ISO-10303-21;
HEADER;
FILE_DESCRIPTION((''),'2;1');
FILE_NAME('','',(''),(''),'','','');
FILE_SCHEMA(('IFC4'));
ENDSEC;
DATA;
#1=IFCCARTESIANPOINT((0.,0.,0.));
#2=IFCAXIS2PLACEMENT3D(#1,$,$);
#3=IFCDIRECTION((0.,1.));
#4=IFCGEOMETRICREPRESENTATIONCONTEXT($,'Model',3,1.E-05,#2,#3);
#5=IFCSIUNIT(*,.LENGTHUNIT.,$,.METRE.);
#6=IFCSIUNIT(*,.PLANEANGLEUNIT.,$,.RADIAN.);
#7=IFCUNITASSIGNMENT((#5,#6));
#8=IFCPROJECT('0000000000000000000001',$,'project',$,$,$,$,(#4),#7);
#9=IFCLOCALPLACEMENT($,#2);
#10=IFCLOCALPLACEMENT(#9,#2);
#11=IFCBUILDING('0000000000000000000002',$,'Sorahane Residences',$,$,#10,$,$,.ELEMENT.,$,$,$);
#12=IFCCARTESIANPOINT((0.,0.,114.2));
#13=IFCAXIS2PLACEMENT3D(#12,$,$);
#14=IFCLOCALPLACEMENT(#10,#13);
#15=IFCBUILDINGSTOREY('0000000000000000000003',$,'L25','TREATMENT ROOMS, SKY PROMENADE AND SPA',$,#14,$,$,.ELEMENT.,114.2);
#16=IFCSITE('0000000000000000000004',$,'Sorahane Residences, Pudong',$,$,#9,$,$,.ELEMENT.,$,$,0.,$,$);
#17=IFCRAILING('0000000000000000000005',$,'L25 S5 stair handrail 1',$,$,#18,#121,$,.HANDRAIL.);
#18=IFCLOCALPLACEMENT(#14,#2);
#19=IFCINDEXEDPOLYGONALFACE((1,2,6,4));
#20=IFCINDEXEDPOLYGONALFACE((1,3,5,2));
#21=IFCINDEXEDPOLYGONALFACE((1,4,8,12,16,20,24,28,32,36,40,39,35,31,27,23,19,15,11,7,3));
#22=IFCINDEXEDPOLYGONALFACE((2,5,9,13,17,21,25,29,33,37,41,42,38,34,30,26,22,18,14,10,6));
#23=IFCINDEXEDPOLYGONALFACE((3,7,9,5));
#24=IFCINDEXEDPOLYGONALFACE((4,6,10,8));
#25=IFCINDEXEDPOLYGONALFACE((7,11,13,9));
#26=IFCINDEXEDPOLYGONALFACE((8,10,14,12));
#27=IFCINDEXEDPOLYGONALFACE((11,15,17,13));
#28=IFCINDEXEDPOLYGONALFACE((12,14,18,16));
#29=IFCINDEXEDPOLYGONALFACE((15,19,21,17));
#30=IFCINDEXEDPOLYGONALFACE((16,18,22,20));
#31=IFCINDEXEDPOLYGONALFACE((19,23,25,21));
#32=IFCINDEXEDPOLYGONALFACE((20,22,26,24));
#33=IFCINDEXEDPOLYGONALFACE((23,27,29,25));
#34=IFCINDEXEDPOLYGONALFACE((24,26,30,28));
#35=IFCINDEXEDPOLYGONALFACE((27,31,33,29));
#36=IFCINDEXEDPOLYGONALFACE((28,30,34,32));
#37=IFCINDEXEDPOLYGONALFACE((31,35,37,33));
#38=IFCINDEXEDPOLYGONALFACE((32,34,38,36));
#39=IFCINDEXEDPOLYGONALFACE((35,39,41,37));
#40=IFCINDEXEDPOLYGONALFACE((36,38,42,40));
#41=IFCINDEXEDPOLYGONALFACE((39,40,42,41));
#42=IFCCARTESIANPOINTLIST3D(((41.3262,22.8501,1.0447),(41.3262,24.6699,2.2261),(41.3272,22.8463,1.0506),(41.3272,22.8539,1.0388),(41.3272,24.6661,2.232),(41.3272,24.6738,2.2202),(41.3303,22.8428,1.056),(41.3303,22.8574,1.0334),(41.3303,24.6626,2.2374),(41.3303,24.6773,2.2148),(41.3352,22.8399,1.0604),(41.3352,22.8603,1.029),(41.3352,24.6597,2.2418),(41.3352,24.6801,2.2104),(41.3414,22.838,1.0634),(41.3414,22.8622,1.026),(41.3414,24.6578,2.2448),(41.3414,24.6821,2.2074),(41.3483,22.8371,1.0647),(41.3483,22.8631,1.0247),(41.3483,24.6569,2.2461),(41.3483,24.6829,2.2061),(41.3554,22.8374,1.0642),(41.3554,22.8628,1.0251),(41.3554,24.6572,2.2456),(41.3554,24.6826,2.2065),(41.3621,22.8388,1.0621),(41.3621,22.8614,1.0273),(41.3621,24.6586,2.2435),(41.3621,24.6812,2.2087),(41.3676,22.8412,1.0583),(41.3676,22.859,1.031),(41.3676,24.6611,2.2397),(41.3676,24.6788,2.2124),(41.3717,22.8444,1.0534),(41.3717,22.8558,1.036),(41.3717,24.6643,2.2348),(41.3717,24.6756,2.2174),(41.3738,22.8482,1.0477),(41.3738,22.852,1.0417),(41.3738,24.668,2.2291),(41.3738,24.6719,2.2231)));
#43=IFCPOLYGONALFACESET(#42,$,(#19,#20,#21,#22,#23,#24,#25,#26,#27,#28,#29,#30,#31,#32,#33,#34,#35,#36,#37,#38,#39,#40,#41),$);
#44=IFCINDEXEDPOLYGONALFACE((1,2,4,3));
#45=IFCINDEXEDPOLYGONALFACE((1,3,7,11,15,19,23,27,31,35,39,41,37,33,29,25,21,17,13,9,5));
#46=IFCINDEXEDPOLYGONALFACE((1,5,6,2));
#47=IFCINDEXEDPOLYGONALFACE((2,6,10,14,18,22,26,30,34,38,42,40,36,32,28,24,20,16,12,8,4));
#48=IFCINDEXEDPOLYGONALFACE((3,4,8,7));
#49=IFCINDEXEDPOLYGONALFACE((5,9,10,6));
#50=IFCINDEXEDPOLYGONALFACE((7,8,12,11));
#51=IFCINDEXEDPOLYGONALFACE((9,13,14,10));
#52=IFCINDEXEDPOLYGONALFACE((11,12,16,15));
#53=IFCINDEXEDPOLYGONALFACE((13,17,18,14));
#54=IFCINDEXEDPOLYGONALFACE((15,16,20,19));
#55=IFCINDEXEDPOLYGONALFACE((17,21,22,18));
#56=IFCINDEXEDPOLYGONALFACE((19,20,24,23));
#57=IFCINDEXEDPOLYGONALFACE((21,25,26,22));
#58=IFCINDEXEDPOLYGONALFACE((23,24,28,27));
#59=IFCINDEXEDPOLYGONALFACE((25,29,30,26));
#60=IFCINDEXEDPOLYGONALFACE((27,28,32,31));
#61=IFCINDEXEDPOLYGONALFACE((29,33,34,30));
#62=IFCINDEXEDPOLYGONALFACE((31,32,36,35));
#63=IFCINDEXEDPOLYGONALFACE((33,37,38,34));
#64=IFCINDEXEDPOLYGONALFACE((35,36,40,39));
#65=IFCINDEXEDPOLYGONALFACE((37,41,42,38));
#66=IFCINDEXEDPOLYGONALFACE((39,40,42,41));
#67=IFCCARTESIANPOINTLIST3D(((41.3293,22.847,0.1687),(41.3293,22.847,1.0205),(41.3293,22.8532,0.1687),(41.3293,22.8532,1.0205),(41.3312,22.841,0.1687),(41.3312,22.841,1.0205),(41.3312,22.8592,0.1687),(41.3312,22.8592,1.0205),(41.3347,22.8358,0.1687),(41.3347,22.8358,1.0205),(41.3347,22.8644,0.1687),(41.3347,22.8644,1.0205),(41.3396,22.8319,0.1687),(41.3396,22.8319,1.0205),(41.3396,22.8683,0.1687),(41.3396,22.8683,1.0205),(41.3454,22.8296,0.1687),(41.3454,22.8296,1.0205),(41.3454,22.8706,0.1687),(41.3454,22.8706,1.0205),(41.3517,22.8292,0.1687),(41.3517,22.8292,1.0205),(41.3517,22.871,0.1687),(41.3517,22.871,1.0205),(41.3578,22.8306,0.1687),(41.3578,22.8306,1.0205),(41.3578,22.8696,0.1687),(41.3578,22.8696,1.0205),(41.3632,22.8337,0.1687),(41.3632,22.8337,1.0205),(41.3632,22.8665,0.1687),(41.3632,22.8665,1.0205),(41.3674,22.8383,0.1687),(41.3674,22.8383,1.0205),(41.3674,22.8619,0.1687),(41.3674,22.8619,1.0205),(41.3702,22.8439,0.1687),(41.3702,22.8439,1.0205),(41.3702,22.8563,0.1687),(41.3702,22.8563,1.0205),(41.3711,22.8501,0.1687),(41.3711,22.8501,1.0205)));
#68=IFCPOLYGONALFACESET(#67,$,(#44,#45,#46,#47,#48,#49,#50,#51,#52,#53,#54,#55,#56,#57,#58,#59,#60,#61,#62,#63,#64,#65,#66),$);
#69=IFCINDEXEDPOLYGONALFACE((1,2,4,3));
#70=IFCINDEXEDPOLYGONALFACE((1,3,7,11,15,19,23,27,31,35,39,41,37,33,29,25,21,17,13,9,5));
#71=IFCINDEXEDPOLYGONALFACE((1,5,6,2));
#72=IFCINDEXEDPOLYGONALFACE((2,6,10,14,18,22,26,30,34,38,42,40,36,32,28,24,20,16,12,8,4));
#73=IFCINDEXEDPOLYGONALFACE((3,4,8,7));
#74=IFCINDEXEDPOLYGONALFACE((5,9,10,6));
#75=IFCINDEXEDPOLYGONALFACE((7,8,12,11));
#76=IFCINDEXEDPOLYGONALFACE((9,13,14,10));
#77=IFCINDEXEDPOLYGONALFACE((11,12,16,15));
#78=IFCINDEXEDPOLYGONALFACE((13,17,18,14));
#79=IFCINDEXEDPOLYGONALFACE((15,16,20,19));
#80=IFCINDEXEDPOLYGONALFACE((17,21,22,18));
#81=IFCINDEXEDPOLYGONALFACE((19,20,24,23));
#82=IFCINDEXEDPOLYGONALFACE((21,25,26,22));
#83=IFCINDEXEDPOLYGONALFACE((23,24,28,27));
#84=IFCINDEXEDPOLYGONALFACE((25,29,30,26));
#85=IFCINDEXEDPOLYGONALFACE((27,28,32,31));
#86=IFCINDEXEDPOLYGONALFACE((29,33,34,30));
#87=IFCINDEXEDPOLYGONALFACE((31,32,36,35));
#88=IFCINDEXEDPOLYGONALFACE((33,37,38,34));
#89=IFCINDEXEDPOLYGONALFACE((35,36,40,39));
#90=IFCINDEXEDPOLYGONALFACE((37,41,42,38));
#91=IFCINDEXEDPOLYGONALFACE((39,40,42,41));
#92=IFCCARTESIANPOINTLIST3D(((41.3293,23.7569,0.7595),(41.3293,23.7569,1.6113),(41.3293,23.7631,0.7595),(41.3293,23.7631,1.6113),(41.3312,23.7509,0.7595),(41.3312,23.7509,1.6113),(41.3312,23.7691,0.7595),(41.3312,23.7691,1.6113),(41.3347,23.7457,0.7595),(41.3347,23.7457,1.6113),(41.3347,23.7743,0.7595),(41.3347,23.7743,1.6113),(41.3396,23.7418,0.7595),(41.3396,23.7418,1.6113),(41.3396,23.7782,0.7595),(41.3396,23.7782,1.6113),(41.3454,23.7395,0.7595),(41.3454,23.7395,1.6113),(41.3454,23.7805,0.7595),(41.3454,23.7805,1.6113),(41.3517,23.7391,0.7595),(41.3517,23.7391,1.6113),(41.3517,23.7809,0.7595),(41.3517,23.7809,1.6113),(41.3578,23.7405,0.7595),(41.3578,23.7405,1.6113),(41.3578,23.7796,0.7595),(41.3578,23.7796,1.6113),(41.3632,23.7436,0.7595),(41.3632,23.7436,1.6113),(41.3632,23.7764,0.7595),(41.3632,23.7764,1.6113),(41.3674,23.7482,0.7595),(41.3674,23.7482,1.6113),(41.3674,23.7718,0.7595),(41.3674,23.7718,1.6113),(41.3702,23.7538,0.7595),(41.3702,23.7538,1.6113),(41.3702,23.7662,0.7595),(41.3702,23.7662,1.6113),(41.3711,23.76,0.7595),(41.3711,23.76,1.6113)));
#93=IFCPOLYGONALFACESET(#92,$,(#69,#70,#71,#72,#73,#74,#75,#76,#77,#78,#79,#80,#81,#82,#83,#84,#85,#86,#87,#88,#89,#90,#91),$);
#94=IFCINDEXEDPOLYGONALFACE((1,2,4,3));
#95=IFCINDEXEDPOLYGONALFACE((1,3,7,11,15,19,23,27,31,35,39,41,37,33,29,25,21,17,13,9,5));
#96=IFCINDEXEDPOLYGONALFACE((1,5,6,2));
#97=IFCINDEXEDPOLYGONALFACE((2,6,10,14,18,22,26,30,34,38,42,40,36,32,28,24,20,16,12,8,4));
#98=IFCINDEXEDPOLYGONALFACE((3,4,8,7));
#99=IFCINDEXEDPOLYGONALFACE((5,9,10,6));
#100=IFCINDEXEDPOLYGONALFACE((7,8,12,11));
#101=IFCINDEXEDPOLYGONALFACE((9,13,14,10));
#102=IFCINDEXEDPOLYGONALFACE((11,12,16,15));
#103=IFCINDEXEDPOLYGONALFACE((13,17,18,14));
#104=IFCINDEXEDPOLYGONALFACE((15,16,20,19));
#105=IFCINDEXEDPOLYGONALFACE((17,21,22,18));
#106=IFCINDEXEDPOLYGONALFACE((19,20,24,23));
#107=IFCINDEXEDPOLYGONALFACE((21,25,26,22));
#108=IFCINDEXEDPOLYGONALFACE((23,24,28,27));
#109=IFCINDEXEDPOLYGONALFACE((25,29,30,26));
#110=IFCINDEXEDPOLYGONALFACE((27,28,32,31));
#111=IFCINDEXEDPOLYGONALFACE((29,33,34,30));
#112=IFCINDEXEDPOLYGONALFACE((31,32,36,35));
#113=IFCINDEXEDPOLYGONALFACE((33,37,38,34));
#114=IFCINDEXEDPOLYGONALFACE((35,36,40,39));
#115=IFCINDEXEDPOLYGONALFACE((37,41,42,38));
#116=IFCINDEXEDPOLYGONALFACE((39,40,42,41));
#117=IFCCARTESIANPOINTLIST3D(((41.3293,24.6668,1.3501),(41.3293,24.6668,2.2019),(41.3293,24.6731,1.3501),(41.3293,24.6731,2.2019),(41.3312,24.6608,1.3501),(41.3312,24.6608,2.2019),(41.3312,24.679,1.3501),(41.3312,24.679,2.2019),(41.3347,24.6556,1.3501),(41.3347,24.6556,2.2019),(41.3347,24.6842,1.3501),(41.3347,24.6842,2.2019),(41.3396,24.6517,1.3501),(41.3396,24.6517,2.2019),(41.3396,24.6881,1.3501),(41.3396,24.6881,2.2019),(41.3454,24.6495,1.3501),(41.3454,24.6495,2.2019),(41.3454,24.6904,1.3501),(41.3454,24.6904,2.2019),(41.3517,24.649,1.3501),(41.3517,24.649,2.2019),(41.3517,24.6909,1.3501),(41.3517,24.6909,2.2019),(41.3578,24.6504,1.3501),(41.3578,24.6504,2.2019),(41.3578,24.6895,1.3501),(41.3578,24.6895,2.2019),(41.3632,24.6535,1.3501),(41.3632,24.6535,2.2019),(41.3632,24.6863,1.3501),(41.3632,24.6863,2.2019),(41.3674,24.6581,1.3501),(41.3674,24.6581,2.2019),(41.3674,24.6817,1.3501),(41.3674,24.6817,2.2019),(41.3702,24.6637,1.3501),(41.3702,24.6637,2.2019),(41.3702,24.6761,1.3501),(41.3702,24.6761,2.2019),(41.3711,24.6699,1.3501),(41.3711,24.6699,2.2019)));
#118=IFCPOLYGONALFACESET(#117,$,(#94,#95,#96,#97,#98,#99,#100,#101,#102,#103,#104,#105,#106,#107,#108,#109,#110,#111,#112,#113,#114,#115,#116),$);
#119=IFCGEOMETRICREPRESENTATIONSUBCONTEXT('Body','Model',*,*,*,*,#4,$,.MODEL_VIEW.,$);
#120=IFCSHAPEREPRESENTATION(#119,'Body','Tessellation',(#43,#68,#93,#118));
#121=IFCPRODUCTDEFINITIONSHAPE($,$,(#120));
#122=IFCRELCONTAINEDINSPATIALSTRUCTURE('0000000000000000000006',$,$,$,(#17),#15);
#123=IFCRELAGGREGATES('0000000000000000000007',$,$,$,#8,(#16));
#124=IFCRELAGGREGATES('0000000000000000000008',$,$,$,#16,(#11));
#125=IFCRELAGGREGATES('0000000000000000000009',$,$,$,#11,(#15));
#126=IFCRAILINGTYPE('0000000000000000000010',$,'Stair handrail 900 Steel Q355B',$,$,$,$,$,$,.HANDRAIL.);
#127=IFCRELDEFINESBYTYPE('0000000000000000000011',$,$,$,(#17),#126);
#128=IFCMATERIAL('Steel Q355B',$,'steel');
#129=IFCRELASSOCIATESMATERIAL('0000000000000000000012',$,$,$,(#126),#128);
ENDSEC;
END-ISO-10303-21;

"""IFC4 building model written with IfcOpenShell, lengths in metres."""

from ifc_helpers import new_model, si_unit, direction, frame, origin, origin_2d, place, context, subcontext, project, spatial, circle, extrude, material, type_object, element, save


model = new_model("IFC4")

# Units and contexts
model_context = context("Model", 3, precision=1e-05, world=origin(), true_north=direction((0.0, 1.0)))
body_context = subcontext(model_context, "Body", "Model", "MODEL_VIEW")
ifc_project = project(units=[si_unit("LENGTHUNIT", "METRE"), si_unit("PLANEANGLEUNIT", "RADIAN")], contexts=[model_context])

# Site, building, storey
site_placement = place(None, origin())
site = spatial("IfcSite", under=ifc_project, at=site_placement, Name="Sorahane Residences, Pudong", CompositionType="ELEMENT", RefElevation=0.0)
building_placement = place(site_placement, origin())
building = spatial("IfcBuilding", under=site, at=building_placement, Name="Sorahane Residences", CompositionType="ELEMENT")
storey_placement = place(building_placement, frame((0.0, 0.0, 114.2)))
storey = spatial("IfcBuildingStorey", under=building, at=storey_placement, Name="L25", Description="TREATMENT ROOMS, SKY PROMENADE AND SPA", CompositionType="ELEMENT", Elevation=114.2)

# Railing
ifc_material_1 = material(Name="Steel Q355B", Category="steel")
railing_type_1 = type_object("IfcRailingType", Name="Stair handrail 900 Steel Q355B", PredefinedType="HANDRAIL", material=ifc_material_1)
railing_1_placement = place(storey_placement, frame((41.3501, 22.8501, 0.1687)))
element("IfcRailing", 1, at=railing_1_placement, inside=storey, type_object=railing_type_1, Name="L25 S5 stair handrail 1", PredefinedType="HANDRAIL", context=body_context, shape_type="SweptSolid", body=[
    extrude(circle(Radius=0.0239, at=origin_2d()), frame((0.0, 0.0, 0.876), z_axis=(0.0, 0.838757, 0.544506), x_axis=(-1.0, 0.0, 0.0)), (0.0, 0.0, 1.0), 2.1697),
    extrude(circle(Radius=0.021, at=origin_2d()), origin(), (0.0, 0.0, 1.0), 0.8518),
    extrude(circle(Radius=0.021, at=origin_2d()), frame((0.0, 0.9099, 0.5908)), (0.0, 0.0, 1.0), 0.8518),
    extrude(circle(Radius=0.021, at=origin_2d()), frame((0.0, 1.8198, 1.1814)), (0.0, 0.0, 1.0), 0.8518),
])

save(model, "model.ifc")
